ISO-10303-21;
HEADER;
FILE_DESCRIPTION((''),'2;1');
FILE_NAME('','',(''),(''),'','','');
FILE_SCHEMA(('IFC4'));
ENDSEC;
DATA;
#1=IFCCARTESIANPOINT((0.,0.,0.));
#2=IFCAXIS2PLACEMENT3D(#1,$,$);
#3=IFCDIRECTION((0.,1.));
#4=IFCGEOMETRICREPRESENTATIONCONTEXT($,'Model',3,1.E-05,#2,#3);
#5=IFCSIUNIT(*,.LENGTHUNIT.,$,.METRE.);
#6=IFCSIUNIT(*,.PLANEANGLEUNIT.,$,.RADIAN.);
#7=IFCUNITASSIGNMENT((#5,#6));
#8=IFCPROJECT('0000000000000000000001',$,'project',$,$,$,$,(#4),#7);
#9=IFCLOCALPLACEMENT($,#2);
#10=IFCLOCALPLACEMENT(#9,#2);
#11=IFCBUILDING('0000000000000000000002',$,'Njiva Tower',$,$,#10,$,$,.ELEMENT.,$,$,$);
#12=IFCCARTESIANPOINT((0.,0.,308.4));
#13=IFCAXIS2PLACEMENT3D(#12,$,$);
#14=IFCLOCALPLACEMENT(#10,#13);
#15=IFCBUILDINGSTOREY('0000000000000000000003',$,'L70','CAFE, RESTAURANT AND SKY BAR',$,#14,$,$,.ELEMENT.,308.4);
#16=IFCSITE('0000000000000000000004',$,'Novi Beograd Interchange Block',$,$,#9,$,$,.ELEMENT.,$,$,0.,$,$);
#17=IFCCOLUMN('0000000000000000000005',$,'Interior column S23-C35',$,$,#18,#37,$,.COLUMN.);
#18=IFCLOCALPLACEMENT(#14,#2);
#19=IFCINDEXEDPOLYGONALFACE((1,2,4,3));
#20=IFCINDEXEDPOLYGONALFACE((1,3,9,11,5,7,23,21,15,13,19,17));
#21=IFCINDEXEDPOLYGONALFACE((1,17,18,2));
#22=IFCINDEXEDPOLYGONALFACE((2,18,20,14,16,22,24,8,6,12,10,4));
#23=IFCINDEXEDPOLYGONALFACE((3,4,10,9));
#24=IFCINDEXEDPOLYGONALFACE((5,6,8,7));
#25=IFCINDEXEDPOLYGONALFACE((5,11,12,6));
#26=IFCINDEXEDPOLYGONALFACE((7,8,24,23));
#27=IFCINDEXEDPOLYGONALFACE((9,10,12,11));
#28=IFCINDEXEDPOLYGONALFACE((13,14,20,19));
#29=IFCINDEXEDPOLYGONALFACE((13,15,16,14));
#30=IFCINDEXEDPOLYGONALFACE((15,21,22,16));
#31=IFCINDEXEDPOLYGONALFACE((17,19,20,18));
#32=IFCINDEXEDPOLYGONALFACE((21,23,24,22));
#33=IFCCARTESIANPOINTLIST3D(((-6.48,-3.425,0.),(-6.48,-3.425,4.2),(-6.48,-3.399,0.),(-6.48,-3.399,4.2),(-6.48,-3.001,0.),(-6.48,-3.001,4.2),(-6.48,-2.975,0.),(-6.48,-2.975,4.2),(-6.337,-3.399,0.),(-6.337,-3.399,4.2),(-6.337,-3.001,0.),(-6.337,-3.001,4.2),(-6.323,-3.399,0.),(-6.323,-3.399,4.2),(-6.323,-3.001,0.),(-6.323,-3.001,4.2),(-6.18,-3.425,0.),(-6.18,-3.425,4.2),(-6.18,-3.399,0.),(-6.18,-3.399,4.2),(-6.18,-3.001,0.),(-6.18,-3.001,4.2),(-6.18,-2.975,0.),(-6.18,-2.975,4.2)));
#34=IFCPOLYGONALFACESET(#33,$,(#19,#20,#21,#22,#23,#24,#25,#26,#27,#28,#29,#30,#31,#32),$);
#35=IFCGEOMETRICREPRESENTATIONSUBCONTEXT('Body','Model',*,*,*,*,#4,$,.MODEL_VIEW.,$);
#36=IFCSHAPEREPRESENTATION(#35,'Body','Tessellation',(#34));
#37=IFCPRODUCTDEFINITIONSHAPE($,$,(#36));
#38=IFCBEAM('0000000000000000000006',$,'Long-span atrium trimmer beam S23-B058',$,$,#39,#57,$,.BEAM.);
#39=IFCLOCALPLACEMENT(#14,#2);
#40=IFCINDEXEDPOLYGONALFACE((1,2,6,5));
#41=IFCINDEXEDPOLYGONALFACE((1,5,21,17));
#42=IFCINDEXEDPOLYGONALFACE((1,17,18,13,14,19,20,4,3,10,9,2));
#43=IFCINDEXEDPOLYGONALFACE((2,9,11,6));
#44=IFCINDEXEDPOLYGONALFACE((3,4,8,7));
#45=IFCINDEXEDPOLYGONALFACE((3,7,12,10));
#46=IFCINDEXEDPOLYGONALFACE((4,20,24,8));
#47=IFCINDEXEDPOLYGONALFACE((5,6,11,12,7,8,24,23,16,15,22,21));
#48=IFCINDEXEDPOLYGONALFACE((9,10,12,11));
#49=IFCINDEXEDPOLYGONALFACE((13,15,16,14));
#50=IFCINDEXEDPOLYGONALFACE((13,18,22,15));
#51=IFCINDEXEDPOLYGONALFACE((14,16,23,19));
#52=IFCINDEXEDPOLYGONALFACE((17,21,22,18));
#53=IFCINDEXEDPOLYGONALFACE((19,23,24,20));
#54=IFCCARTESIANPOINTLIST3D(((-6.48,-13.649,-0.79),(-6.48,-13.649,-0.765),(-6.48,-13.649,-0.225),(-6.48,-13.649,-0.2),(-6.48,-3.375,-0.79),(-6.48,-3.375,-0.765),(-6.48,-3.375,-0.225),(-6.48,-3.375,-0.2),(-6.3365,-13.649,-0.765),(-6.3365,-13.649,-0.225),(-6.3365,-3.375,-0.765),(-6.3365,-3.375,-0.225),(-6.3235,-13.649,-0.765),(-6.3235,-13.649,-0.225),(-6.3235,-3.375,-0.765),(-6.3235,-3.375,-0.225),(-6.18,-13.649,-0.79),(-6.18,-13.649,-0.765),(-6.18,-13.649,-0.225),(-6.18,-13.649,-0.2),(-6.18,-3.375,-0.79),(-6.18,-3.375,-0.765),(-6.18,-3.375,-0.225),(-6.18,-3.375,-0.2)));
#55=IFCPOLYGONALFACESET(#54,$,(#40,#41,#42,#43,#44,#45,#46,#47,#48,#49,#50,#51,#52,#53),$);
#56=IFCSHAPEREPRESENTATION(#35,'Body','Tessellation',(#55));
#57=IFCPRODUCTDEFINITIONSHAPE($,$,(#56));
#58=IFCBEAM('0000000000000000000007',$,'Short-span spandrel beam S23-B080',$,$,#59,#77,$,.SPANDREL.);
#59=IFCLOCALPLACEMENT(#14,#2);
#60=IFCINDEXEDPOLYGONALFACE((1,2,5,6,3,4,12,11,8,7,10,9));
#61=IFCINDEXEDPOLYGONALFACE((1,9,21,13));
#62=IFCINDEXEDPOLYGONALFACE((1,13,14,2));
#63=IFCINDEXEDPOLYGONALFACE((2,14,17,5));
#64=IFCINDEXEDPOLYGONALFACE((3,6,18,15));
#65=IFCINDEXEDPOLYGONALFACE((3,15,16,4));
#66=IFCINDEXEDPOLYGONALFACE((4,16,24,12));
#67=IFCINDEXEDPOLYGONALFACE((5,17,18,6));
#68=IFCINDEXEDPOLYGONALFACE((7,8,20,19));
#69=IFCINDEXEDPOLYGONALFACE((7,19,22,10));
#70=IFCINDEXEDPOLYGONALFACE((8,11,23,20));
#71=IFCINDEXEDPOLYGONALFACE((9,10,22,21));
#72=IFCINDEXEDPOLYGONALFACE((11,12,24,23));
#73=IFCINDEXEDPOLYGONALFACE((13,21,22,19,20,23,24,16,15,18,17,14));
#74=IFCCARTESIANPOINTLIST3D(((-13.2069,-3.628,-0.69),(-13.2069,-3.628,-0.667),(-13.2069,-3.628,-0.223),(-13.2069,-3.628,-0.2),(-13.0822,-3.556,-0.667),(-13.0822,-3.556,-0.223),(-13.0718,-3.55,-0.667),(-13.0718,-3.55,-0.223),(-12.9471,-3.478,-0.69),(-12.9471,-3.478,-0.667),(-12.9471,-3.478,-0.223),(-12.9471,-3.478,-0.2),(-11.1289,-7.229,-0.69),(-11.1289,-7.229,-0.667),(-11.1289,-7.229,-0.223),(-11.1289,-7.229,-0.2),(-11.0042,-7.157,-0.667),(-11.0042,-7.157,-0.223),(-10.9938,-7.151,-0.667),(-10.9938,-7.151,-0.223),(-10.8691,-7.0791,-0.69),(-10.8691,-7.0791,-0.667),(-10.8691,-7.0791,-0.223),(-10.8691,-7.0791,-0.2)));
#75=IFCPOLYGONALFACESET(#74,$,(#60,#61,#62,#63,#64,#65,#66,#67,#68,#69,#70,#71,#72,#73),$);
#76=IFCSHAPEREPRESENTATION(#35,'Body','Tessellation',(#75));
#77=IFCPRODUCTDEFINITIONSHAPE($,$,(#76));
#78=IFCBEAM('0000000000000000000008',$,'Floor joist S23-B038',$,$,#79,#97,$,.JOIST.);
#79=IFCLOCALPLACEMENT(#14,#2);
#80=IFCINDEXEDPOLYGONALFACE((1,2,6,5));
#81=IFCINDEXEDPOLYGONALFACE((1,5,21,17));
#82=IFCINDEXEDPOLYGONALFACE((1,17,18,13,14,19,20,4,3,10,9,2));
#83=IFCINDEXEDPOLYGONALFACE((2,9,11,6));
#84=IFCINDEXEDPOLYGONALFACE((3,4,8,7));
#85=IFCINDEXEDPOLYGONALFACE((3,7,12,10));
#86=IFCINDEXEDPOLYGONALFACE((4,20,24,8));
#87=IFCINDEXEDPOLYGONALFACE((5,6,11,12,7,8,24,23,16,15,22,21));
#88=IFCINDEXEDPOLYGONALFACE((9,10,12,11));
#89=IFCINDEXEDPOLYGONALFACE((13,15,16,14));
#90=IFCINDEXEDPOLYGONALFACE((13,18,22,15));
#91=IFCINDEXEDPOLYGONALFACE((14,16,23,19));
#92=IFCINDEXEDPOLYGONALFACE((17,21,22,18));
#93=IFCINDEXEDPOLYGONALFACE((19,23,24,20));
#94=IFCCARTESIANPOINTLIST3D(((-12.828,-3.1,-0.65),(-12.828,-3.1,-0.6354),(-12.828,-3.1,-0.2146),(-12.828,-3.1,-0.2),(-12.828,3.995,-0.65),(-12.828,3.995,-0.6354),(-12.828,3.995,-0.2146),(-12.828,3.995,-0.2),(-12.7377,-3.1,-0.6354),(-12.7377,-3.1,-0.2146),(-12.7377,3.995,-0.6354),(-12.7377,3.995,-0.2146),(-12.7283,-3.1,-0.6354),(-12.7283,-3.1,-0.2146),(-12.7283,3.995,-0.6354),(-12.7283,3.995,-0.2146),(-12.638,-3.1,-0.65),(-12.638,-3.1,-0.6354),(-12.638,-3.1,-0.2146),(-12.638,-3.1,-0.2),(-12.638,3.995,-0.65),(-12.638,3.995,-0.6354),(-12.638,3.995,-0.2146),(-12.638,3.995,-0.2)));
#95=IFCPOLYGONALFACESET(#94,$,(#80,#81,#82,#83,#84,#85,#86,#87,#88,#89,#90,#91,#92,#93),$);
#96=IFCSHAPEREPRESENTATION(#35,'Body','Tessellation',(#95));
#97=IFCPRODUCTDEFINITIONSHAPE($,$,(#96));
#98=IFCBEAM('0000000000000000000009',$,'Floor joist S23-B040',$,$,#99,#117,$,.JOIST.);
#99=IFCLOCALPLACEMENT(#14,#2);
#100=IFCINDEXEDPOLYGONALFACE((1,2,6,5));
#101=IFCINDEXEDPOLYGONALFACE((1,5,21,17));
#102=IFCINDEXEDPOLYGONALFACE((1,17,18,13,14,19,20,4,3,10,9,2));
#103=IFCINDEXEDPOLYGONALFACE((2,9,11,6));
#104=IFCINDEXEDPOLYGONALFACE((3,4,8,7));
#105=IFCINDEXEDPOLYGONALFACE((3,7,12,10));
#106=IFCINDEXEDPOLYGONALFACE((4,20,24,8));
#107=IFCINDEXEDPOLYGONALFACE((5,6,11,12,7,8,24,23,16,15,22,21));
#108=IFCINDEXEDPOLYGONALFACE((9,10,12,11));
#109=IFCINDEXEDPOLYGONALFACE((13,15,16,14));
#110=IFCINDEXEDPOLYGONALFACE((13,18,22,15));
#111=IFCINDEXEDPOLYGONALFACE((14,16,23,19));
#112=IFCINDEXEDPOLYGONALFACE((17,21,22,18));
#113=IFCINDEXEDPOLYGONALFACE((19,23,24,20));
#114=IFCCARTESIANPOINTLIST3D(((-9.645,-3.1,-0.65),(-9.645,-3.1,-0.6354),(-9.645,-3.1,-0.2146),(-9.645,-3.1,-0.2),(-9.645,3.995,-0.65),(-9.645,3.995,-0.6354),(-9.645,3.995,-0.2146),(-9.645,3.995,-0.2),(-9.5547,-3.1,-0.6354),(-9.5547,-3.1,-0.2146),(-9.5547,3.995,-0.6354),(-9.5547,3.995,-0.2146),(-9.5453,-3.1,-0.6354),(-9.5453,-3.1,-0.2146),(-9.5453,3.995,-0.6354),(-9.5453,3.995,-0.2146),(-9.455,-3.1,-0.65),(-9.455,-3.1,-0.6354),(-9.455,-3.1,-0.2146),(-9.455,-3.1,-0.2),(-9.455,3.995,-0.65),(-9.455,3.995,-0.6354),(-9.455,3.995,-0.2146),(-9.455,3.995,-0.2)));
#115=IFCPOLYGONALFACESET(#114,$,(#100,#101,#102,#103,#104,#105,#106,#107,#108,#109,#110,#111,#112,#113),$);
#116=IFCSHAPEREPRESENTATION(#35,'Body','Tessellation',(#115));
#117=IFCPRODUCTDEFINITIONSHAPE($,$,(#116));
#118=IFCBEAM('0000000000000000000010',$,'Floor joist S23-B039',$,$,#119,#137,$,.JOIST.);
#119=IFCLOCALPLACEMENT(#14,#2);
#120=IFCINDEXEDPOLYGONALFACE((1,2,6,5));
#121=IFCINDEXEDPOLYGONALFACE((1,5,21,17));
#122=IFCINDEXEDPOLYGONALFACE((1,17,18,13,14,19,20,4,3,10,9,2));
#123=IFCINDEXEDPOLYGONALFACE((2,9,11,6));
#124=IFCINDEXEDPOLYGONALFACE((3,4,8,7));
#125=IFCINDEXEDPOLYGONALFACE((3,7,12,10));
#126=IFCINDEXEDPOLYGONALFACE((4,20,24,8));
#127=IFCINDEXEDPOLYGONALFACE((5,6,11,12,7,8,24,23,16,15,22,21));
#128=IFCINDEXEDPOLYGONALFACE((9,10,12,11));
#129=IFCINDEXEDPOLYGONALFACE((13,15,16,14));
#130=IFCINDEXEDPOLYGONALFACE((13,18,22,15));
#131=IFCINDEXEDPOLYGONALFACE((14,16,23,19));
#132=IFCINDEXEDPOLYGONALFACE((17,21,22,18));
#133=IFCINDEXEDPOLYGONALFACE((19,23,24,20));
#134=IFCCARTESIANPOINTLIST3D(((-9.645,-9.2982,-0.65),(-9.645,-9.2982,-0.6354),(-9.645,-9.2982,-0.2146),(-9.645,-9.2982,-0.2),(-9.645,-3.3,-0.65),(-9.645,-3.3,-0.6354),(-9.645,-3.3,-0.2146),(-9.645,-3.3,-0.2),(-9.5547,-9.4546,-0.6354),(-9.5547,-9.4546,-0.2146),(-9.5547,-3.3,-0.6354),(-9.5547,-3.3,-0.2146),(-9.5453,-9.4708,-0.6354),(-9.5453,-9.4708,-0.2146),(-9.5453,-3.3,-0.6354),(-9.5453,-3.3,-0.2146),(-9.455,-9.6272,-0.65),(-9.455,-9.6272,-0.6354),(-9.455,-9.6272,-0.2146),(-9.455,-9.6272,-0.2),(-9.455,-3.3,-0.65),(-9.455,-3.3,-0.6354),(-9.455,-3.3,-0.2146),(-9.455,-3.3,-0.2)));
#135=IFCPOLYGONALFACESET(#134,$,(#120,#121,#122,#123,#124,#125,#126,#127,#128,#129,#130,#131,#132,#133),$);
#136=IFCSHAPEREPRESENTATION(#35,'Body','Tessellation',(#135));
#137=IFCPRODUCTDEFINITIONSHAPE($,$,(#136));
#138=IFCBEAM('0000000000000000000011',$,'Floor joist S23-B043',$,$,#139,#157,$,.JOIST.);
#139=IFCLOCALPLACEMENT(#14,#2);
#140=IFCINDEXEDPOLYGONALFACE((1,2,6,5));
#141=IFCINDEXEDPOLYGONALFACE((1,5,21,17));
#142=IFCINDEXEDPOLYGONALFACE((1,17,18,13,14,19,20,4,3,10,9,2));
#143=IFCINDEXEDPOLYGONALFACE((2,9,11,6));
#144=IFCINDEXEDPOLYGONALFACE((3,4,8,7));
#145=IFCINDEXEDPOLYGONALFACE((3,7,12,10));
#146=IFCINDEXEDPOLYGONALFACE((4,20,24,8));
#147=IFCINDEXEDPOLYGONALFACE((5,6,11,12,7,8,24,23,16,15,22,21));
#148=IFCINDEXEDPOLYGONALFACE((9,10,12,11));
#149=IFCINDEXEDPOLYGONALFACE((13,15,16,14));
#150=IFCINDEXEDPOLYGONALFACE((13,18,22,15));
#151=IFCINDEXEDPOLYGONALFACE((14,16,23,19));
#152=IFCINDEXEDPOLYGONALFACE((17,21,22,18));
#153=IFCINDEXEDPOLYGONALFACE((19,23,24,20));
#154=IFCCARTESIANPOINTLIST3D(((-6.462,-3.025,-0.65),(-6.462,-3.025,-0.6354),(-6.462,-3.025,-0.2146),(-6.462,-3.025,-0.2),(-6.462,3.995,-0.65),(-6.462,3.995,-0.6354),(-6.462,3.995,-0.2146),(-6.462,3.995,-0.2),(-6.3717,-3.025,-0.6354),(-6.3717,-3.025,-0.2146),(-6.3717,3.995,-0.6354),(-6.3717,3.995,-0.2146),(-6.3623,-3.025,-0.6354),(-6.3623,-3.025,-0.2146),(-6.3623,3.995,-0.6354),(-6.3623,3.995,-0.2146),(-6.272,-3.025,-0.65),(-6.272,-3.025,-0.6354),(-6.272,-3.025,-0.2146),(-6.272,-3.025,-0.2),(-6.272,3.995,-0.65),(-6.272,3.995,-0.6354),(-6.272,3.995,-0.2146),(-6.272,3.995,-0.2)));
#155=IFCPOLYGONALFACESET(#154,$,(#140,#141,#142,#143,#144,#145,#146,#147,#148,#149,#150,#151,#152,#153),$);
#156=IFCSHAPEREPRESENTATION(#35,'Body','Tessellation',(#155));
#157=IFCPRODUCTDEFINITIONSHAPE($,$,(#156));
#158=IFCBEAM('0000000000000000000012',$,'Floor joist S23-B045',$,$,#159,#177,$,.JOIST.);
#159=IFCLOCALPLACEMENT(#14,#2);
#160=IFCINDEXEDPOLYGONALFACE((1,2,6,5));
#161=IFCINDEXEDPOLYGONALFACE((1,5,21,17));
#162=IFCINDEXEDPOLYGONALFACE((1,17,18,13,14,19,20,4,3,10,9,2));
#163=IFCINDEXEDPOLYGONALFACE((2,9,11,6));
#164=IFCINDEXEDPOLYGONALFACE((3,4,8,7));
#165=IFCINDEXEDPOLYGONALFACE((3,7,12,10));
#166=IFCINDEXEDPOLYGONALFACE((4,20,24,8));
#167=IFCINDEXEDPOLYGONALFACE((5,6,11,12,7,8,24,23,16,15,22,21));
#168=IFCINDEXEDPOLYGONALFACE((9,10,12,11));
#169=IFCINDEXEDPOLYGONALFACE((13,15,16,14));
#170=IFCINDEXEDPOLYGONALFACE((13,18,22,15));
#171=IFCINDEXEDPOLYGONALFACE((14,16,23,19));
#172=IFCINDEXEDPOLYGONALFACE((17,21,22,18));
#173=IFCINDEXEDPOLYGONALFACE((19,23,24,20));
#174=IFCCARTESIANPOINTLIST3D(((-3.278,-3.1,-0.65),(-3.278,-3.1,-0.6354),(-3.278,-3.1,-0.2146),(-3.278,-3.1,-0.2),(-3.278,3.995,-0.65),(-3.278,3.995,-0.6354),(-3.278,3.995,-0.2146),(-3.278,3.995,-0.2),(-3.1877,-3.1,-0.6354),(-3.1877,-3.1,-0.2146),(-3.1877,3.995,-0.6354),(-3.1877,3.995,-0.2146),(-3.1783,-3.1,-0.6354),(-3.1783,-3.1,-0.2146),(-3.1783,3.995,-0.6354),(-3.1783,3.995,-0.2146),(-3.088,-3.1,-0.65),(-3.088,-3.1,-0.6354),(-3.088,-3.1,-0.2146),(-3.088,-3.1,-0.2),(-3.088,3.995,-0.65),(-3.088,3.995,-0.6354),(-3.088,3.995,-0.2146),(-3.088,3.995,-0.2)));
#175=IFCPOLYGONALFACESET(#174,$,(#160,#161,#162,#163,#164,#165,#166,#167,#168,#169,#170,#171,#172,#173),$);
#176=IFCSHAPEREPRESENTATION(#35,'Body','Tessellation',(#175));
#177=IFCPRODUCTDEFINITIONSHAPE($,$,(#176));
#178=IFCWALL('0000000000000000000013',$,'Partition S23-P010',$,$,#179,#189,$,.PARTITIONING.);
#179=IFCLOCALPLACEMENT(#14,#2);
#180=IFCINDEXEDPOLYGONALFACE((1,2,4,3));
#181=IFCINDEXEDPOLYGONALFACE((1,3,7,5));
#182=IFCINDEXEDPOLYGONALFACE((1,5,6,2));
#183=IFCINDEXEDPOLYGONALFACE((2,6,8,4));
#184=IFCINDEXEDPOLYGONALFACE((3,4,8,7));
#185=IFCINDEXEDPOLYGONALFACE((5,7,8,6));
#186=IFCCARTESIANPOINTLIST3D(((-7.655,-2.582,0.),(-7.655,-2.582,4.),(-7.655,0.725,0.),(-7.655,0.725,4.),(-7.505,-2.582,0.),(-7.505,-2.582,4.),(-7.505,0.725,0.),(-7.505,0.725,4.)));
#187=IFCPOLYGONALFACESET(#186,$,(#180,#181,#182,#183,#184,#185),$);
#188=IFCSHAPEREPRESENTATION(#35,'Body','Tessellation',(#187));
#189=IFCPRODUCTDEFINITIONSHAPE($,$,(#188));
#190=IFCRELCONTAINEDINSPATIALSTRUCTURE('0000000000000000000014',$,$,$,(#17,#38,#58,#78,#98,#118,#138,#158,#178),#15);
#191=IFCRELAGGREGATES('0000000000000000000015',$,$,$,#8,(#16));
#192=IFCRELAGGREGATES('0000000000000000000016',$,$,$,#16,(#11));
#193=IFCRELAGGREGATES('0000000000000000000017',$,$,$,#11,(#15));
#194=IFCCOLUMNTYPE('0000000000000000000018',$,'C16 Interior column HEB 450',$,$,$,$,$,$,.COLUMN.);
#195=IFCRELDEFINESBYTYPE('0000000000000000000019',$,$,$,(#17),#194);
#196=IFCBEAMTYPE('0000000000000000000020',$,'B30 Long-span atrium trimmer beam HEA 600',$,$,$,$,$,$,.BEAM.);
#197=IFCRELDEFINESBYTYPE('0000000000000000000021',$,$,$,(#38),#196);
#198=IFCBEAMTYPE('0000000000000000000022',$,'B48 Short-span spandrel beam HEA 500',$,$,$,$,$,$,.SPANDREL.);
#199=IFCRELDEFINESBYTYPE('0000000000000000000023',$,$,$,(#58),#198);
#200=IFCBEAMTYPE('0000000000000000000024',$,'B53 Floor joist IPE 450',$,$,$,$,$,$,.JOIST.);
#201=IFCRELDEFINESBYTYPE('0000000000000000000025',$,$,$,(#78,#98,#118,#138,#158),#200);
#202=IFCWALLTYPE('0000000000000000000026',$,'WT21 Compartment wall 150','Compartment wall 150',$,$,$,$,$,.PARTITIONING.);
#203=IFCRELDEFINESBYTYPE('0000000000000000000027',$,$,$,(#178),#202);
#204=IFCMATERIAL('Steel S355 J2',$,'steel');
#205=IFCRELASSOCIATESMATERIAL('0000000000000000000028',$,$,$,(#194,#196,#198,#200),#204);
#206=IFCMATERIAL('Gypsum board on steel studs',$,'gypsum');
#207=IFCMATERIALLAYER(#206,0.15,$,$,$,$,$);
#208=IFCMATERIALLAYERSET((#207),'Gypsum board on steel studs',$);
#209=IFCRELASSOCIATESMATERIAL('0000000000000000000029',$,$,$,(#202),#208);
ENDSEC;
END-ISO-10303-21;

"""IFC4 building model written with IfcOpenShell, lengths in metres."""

from ifc_helpers import new_model, si_unit, direction, frame, frame_2d, origin, origin_2d, place, context, subcontext, project, spatial, rectangle, i_section, extrude, clip, halfspace, material, layer, layer_set, material_profile, profile_set, type_object, element, save


model = new_model("IFC4")

# Units and contexts
model_context = context("Model", 3, precision=1e-05, world=origin(), true_north=direction((0.0, 1.0)))
body_context = subcontext(model_context, "Body", "Model", "MODEL_VIEW")
ifc_project = project(units=[si_unit("LENGTHUNIT", "METRE"), si_unit("PLANEANGLEUNIT", "RADIAN")], contexts=[model_context])

# Site, building, storey
site_placement = place(None, origin())
site = spatial("IfcSite", under=ifc_project, at=site_placement, Name="Novi Beograd Interchange Block", CompositionType="ELEMENT", RefElevation=0.0)
building_placement = place(site_placement, origin())
building = spatial("IfcBuilding", under=site, at=building_placement, Name="Njiva Tower", CompositionType="ELEMENT")
storey_placement = place(building_placement, frame((0.0, 0.0, 308.4)))
storey = spatial("IfcBuildingStorey", under=building, at=storey_placement, Name="L70", Description="CAFE, RESTAURANT AND SKY BAR", CompositionType="ELEMENT", Elevation=308.4)

# Column
ifc_material_1 = material(Name="Steel S355 J2", Category="steel")
ifc_material_profile_1 = material_profile(ifc_material_1, i_section(OverallWidth=0.3, OverallDepth=0.45, WebThickness=0.014, FlangeThickness=0.026, at=origin_2d()), Name="HEB 450")
ifc_profile_set_1 = profile_set([ifc_material_profile_1], Name="Steel S355 J2")
column_type = type_object("IfcColumnType", Name="C16 Interior column HEB 450", PredefinedType="COLUMN", material=ifc_profile_set_1)
column_placement = place(storey_placement, frame((-6.33, -3.2, 0.0), z_axis=(0.0, 0.0, 1.0), x_axis=(1.0, 0.0, 0.0)))
element("IfcColumn", 1, at=column_placement, inside=storey, type_object=column_type, Name="Interior column S23-C35", PredefinedType="COLUMN", context=body_context, shape_type="SweptSolid", body=[
    extrude(i_section(OverallWidth=0.3, OverallDepth=0.45, WebThickness=0.014, FlangeThickness=0.026, at=origin_2d()), origin(), (0.0, 0.0, 1.0), 4.2),
])

# Beams
ifc_material_profile_2 = material_profile(ifc_material_1, i_section(OverallWidth=0.3, OverallDepth=0.59, WebThickness=0.013, FlangeThickness=0.025, at=origin_2d()), Name="HEA 600")
ifc_profile_set_2 = profile_set([ifc_material_profile_2], Name="Steel S355 J2")
beam_type_1 = type_object("IfcBeamType", Name="B30 Long-span atrium trimmer beam HEA 600", PredefinedType="BEAM", material=ifc_profile_set_2)
beam_1_placement = place(storey_placement, frame((-6.33, -3.375, -0.495), z_axis=(0.0, -1.0, 0.0), x_axis=(1.0, 0.0, 0.0)))
element("IfcBeam", 2, at=beam_1_placement, inside=storey, type_object=beam_type_1, Name="Long-span atrium trimmer beam S23-B058", PredefinedType="BEAM", context=body_context, shape_type="SweptSolid", body=[
    extrude(i_section(OverallWidth=0.3, OverallDepth=0.59, WebThickness=0.013, FlangeThickness=0.025, at=origin_2d()), origin(), (0.0, 0.0, 1.0), 10.274),
])
ifc_material_profile_3 = material_profile(ifc_material_1, i_section(OverallWidth=0.3, OverallDepth=0.49, WebThickness=0.012, FlangeThickness=0.023, at=origin_2d()), Name="HEA 500")
ifc_profile_set_3 = profile_set([ifc_material_profile_3], Name="Steel S355 J2")
beam_type_2 = type_object("IfcBeamType", Name="B48 Short-span spandrel beam HEA 500", PredefinedType="SPANDREL", material=ifc_profile_set_3)
beam_2_placement = place(storey_placement, frame((-13.077, -3.553, -0.445), z_axis=(0.499813, -0.866134, 0.0), x_axis=(0.866134, 0.499813, 0.0)))
element("IfcBeam", 3, at=beam_2_placement, inside=storey, type_object=beam_type_2, Name="Short-span spandrel beam S23-B080", PredefinedType="SPANDREL", context=body_context, shape_type="SweptSolid", body=[
    extrude(i_section(OverallWidth=0.3, OverallDepth=0.49, WebThickness=0.012, FlangeThickness=0.023, at=origin_2d()), origin(), (0.0, 0.0, 1.0), 4.1576),
])
ifc_material_profile_4 = material_profile(ifc_material_1, i_section(OverallWidth=0.19, OverallDepth=0.45, WebThickness=0.0094, FlangeThickness=0.0146, at=origin_2d()), Name="IPE 450")
ifc_profile_set_4 = profile_set([ifc_material_profile_4], Name="Steel S355 J2")
beam_type_3 = type_object("IfcBeamType", Name="B53 Floor joist IPE 450", PredefinedType="JOIST", material=ifc_profile_set_4)
for number, where, z_axis, x_axis, name in (
    (4, (-12.733, 3.995, -0.425), (0.0, -1.0, 0.0), (1.0, 0.0, 0.0), "Floor joist S23-B038"),
    (5, (-9.55, 3.995, -0.425), (0.0, -1.0, 0.0), (1.0, 0.0, 0.0), "Floor joist S23-B040"),
):
    element("IfcBeam", number, at=place(storey_placement, frame(where, z_axis=z_axis, x_axis=x_axis)), inside=storey, type_object=beam_type_3, Name=name, PredefinedType="JOIST", context=body_context, shape_type="SweptSolid", body=[
        extrude(i_section(OverallWidth=0.19, OverallDepth=0.45, WebThickness=0.0094, FlangeThickness=0.0146, at=origin_2d()), origin(), (0.0, 0.0, 1.0), 7.095),
    ])
beam_3_placement = place(storey_placement, frame((-9.55, -3.3, -0.425), z_axis=(0.0, -1.0, 0.0), x_axis=(1.0, 0.0, 0.0)))
element("IfcBeam", 6, at=beam_3_placement, inside=storey, type_object=beam_type_3, Name="Floor joist S23-B039", PredefinedType="JOIST", context=body_context, shape_type="Clipping", body=[
    clip(extrude(i_section(OverallWidth=0.19, OverallDepth=0.45, WebThickness=0.0094, FlangeThickness=0.0146, at=origin_2d()), origin(), (0.0, 0.0, 1.0), 6.348), halfspace(frame((-0.0433, 0.0, 6.0877), z_axis=(-0.866027, 0.0, 0.499998), x_axis=(0.0, 1.0, 0.0)), False)),
])
beam_4_placement = place(storey_placement, frame((-6.367, 3.995, -0.425), z_axis=(0.0, -1.0, 0.0), x_axis=(1.0, 0.0, 0.0)))
element("IfcBeam", 7, at=beam_4_placement, inside=storey, type_object=beam_type_3, Name="Floor joist S23-B043", PredefinedType="JOIST", context=body_context, shape_type="SweptSolid", body=[
    extrude(i_section(OverallWidth=0.19, OverallDepth=0.45, WebThickness=0.0094, FlangeThickness=0.0146, at=origin_2d()), origin(), (0.0, 0.0, 1.0), 7.02),
])
beam_5_placement = place(storey_placement, frame((-3.183, 3.995, -0.425), z_axis=(0.0, -1.0, 0.0), x_axis=(1.0, 0.0, 0.0)))
element("IfcBeam", 8, at=beam_5_placement, inside=storey, type_object=beam_type_3, Name="Floor joist S23-B045", PredefinedType="JOIST", context=body_context, shape_type="SweptSolid", body=[
    extrude(i_section(OverallWidth=0.19, OverallDepth=0.45, WebThickness=0.0094, FlangeThickness=0.0146, at=origin_2d()), origin(), (0.0, 0.0, 1.0), 7.095),
])

# Wall
ifc_material_2 = material(Name="Gypsum board on steel studs", Category="gypsum")
ifc_layer_1 = layer(ifc_material_2, 0.15)
ifc_layer_set_1 = layer_set([ifc_layer_1], Name="Gypsum board on steel studs")
wall_type_1 = type_object("IfcWallType", Name="WT21 Compartment wall 150", Description="Compartment wall 150", PredefinedType="PARTITIONING", material=ifc_layer_set_1)
wall_1_placement = place(storey_placement, frame((-7.58, -2.582, 0.0), z_axis=(0.0, 0.0, 1.0), x_axis=(0.0, 1.0, 0.0)))
element("IfcWall", 9, at=wall_1_placement, inside=storey, type_object=wall_type_1, Name="Partition S23-P010", PredefinedType="PARTITIONING", context=body_context, shape_type="SweptSolid", body=[
    extrude(rectangle(XDim=3.307, YDim=0.15, at=frame_2d((1.6535, 0.0))), origin(), (0.0, 0.0, 1.0), 4.0),
])

save(model, "model.ifc")
